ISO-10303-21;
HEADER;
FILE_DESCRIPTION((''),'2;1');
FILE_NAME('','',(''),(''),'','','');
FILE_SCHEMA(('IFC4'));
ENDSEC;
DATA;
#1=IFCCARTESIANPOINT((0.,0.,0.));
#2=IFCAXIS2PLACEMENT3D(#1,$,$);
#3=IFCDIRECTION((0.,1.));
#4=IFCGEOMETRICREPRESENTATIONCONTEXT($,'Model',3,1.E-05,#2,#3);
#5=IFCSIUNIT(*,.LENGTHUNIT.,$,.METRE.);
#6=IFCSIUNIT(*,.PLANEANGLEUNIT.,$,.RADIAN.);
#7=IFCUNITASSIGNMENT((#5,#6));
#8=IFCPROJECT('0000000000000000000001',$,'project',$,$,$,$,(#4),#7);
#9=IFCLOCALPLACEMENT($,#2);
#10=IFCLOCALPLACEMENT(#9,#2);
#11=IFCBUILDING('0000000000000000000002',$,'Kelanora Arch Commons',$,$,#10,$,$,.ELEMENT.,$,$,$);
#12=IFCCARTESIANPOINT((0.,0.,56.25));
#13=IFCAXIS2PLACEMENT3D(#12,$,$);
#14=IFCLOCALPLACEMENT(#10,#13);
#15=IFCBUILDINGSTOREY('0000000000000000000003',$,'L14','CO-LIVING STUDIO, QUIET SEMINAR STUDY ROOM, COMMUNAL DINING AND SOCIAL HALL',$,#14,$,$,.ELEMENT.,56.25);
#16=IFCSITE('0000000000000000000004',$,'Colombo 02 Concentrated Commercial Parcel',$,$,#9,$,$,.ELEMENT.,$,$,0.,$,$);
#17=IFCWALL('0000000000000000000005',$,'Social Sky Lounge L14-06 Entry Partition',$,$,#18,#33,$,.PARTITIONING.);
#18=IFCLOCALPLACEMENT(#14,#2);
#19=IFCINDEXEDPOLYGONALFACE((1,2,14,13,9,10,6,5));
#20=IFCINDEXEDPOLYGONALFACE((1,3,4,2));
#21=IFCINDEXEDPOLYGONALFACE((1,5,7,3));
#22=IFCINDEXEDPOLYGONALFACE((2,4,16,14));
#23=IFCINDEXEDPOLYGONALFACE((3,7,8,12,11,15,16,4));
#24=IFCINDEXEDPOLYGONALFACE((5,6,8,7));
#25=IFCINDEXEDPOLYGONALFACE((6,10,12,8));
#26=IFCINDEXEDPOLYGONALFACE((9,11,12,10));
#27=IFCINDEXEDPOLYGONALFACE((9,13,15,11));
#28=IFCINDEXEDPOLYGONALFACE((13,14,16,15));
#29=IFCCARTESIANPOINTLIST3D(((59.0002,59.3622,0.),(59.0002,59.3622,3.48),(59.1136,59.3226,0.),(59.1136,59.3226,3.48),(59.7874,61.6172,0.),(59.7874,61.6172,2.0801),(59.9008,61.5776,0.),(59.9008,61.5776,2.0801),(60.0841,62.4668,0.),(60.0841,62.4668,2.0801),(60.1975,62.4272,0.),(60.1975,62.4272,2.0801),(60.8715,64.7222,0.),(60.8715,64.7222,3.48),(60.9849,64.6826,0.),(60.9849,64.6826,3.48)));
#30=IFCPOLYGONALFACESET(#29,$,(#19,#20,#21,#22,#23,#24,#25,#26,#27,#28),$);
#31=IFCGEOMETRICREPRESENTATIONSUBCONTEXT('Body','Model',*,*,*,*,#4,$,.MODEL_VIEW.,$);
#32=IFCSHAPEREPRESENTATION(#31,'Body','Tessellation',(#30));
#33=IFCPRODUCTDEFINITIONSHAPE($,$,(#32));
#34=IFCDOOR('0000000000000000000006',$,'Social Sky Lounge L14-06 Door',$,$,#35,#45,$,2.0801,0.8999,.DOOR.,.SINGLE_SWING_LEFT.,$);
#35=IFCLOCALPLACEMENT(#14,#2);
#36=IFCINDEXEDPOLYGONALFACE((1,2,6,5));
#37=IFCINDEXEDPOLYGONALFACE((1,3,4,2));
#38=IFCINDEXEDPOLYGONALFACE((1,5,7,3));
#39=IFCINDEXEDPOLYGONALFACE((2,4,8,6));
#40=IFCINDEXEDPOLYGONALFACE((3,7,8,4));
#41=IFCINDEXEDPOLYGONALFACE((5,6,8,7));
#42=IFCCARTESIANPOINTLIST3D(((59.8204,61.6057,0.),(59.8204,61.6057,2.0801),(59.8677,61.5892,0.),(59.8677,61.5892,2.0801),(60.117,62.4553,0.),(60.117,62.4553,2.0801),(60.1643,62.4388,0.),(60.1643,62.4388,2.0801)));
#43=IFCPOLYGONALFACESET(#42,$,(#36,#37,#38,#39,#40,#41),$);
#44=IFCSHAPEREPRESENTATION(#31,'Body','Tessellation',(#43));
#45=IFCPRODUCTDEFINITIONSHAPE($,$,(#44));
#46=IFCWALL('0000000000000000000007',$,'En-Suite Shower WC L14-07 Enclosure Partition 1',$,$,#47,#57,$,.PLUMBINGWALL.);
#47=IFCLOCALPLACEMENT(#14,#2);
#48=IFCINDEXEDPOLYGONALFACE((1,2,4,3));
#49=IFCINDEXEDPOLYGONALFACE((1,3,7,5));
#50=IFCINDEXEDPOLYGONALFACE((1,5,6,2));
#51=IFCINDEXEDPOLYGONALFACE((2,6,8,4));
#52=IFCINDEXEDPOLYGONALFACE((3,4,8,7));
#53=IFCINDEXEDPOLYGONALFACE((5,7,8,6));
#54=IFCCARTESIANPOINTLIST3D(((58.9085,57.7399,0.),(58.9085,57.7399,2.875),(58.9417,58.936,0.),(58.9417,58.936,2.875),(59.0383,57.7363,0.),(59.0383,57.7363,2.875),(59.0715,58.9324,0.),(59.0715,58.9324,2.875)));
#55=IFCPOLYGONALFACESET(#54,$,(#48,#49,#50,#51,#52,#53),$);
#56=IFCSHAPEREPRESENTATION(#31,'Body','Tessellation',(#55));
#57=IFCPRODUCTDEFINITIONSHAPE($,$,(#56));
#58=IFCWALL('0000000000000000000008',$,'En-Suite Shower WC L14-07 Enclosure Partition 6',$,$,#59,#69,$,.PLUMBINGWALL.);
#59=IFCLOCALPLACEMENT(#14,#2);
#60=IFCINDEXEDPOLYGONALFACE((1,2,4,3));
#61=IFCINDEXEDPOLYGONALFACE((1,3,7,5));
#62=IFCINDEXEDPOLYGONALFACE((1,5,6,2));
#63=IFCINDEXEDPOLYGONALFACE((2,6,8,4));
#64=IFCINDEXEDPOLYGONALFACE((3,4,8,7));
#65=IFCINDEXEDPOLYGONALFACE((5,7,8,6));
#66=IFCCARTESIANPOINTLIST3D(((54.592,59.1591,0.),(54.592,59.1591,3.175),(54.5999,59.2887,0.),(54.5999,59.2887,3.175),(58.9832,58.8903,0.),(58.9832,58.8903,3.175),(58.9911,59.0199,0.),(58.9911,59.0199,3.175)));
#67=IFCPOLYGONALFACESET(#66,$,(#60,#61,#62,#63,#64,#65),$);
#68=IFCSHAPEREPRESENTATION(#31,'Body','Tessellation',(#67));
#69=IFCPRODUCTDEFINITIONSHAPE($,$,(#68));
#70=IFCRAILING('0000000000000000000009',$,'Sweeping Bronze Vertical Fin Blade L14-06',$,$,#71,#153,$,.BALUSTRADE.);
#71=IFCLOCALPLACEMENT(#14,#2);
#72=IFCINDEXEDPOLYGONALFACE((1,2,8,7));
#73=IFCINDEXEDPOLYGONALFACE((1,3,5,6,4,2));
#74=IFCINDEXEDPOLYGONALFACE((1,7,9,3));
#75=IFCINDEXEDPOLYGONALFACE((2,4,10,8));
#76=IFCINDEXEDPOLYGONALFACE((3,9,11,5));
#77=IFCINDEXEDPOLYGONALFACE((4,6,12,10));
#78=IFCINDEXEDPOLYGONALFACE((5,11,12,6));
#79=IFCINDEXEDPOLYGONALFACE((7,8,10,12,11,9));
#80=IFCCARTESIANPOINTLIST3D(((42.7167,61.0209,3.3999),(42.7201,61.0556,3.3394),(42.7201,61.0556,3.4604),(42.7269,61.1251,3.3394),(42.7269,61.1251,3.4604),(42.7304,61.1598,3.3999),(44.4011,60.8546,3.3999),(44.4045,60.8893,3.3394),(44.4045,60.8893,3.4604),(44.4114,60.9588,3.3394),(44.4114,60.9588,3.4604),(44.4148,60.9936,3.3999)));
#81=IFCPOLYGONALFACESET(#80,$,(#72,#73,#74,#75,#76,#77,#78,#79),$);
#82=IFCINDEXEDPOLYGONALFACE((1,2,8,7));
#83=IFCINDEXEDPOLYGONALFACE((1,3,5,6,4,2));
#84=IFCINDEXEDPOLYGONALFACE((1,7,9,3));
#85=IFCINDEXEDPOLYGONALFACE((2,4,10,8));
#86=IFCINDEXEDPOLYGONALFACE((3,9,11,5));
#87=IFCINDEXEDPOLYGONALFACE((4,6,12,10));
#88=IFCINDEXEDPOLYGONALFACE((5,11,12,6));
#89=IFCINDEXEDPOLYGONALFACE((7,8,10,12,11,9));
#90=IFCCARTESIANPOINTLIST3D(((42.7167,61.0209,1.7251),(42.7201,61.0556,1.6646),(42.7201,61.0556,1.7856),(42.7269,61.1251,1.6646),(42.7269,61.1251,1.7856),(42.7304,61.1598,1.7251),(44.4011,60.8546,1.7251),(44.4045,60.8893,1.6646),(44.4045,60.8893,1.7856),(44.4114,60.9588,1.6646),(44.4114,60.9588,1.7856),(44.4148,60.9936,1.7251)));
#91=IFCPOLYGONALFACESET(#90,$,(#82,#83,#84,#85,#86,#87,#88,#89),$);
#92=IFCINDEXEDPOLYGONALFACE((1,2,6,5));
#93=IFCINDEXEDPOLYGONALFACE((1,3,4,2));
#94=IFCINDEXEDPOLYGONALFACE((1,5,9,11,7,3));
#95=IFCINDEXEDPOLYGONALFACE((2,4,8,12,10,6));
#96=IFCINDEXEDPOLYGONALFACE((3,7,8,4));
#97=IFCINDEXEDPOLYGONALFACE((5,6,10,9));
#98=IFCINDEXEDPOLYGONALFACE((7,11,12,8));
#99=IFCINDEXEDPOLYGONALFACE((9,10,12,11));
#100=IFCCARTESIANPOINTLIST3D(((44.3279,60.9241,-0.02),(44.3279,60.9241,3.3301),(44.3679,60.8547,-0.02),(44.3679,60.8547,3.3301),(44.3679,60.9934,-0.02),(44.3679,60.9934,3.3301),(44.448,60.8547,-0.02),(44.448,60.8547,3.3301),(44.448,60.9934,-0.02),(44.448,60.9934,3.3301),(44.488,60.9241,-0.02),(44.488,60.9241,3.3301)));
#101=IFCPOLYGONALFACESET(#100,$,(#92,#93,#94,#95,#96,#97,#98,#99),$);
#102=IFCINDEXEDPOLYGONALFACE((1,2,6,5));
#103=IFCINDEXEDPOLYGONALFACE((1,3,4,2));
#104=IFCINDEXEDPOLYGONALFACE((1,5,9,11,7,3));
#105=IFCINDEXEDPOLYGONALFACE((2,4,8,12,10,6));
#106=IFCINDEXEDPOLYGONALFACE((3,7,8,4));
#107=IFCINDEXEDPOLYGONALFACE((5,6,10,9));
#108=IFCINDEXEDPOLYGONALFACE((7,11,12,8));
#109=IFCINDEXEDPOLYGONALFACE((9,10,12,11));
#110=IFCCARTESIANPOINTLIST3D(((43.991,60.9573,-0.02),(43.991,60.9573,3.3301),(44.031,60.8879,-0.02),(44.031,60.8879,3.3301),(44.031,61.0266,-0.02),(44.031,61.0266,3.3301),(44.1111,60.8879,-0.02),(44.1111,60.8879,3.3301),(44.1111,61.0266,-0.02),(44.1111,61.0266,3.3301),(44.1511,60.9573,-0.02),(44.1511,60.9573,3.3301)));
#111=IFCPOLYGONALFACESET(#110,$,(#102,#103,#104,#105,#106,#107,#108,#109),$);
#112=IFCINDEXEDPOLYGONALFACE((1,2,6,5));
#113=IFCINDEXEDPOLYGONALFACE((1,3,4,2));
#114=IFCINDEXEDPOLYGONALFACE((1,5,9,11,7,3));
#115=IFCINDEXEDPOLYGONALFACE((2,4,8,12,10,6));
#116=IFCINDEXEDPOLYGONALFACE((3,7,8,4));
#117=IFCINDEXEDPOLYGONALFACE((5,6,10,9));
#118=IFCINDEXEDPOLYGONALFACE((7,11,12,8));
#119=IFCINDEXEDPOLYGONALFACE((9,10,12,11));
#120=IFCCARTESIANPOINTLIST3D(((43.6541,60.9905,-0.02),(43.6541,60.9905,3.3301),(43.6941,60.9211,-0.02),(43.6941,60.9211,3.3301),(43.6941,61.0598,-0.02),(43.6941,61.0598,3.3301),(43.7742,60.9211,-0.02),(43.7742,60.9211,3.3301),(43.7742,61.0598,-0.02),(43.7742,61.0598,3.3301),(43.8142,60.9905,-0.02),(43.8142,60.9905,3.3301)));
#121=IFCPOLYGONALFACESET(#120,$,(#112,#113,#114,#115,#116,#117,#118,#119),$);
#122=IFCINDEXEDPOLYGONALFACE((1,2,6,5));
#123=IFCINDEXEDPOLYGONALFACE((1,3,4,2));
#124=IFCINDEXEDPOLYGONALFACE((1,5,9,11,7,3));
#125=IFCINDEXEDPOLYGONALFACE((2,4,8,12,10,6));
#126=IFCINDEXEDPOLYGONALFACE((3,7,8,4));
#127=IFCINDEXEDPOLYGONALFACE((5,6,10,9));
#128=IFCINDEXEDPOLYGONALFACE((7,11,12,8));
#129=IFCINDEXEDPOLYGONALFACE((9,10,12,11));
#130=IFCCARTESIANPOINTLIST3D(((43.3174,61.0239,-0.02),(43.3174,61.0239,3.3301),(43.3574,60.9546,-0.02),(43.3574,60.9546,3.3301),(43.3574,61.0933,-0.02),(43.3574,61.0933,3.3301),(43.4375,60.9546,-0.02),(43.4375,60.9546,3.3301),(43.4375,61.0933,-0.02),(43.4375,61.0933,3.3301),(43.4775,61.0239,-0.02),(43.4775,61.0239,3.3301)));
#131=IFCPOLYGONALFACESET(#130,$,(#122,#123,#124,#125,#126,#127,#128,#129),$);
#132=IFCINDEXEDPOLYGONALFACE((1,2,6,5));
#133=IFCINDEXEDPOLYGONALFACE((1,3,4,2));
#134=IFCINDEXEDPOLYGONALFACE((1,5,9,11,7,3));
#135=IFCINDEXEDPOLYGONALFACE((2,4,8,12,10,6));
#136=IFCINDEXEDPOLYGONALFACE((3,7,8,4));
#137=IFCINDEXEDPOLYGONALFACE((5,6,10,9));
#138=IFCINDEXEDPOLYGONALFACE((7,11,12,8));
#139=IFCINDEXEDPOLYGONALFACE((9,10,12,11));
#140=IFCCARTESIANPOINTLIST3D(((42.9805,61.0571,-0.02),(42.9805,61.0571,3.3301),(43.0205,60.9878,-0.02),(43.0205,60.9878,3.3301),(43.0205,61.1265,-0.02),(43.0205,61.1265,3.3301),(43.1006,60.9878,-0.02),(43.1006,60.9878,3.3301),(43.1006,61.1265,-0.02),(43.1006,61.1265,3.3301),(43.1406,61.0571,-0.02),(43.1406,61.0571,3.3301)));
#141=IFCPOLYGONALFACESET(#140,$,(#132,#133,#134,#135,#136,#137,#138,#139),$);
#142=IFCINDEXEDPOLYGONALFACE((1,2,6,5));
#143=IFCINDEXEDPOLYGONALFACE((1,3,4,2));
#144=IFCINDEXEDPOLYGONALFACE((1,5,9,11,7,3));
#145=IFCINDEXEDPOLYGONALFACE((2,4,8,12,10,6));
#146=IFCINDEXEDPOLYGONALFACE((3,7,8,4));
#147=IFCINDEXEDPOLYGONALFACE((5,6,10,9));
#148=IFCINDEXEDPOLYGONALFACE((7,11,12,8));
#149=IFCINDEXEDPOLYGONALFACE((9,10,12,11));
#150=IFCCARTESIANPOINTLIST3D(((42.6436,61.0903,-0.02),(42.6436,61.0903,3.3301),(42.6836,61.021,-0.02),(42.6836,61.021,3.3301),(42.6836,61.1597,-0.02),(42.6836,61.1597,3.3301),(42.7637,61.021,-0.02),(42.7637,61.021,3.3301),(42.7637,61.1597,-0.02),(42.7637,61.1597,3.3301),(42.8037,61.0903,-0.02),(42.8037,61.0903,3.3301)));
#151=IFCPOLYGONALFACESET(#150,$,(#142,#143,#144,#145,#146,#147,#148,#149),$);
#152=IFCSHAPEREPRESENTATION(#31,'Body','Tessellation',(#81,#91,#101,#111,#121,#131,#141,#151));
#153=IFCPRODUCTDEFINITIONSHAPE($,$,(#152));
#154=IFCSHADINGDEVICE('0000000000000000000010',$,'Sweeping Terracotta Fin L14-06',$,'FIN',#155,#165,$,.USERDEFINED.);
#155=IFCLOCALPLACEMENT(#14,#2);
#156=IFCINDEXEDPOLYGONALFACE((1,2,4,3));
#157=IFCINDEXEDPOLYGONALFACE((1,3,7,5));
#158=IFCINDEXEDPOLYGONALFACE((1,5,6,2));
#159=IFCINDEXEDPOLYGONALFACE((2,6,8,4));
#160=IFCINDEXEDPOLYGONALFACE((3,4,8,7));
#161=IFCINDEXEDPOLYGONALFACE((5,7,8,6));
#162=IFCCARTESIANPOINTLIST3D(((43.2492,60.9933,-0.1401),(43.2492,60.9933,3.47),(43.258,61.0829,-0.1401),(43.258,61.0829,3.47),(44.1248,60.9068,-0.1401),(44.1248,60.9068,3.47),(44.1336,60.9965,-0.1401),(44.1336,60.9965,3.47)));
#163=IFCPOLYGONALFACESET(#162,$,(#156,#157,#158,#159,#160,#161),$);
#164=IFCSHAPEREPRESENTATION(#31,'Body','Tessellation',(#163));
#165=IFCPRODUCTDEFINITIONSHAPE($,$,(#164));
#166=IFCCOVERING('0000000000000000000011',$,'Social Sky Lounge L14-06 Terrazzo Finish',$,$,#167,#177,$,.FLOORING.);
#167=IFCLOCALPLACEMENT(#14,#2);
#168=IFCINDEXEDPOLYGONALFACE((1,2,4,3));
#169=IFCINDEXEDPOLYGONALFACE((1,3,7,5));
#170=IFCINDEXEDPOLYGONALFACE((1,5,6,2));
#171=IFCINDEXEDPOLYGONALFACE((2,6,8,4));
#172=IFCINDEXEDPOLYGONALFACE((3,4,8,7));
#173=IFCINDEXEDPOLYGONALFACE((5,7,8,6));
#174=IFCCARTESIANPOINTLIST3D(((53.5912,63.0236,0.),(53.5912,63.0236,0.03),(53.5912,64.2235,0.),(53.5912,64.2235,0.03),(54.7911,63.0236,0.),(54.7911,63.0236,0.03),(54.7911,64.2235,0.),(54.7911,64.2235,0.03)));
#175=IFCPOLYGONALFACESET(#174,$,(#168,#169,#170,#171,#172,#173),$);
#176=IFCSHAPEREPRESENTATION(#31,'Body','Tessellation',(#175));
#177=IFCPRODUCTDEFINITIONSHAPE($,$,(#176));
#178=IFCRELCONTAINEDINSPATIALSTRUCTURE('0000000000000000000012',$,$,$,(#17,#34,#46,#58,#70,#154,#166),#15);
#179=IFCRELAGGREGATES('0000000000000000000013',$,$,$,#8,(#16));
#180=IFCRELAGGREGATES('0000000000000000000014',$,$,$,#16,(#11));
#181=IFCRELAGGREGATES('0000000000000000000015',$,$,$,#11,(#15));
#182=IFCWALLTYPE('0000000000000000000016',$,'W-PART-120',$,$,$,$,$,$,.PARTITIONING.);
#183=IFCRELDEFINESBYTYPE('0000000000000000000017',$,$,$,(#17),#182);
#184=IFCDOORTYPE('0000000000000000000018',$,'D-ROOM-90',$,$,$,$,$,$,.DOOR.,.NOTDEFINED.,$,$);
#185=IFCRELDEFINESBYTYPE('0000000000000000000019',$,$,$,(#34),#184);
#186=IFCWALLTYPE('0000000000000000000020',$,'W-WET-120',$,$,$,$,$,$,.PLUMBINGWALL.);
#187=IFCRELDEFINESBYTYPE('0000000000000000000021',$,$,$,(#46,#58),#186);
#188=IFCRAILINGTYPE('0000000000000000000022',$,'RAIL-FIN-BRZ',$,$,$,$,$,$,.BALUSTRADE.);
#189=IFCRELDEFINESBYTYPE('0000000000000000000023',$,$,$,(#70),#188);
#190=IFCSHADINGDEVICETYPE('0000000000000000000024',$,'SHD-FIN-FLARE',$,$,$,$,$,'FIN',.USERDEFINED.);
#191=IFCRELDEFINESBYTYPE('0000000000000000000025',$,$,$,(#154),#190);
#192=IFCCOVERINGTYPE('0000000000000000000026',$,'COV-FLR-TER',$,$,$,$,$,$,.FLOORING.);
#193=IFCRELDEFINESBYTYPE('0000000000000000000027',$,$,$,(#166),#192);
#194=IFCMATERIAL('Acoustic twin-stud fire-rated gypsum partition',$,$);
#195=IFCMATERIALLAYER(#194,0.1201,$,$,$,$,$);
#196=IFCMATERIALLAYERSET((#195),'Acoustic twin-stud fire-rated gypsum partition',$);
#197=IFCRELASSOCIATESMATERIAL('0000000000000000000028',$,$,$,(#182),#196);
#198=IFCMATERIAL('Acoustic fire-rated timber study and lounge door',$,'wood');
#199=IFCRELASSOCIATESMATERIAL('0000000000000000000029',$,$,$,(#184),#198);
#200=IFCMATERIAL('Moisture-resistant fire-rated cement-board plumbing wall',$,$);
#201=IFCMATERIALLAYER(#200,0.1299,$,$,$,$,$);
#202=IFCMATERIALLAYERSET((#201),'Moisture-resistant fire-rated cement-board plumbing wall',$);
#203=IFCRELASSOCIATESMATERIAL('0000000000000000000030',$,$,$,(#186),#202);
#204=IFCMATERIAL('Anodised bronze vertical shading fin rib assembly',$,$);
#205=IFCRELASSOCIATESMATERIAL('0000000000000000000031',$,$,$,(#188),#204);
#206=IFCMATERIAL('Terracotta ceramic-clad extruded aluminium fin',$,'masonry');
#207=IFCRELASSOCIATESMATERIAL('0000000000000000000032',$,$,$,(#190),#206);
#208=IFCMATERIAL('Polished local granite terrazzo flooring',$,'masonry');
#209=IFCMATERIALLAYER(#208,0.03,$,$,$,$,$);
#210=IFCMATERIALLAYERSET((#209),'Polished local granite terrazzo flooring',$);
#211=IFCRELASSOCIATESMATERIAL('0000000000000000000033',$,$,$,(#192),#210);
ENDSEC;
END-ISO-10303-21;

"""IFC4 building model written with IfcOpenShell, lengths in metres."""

from ifc_helpers import new_model, si_unit, direction, frame, frame_2d, origin, origin_2d, place, context, subcontext, project, spatial, polyline, rectangle, outline, extrude, source, transform, mapped, material, layer, layer_set, type_object, element, fill, save


model = new_model("IFC4")

# Units and contexts
model_context = context("Model", 3, precision=1e-05, world=origin(), true_north=direction((0.0, 1.0)))
body_context = subcontext(model_context, "Body", "Model", "MODEL_VIEW")
ifc_project = project(units=[si_unit("LENGTHUNIT", "METRE"), si_unit("PLANEANGLEUNIT", "RADIAN")], contexts=[model_context])

# Site, building, storey
site_placement = place(None, origin())
site = spatial("IfcSite", under=ifc_project, at=site_placement, Name="Colombo 02 Concentrated Commercial Parcel", CompositionType="ELEMENT", RefElevation=0.0)
building_placement = place(site_placement, origin())
building = spatial("IfcBuilding", under=site, at=building_placement, Name="Kelanora Arch Commons", CompositionType="ELEMENT")
storey_placement = place(building_placement, frame((0.0, 0.0, 56.25)))
storey = spatial("IfcBuildingStorey", under=building, at=storey_placement, Name="L14", Description="CO-LIVING STUDIO, QUIET SEMINAR STUDY ROOM, COMMUNAL DINING AND SOCIAL HALL", CompositionType="ELEMENT", Elevation=56.25)

# Wall, opening, door
ifc_material_1 = material(Name="Acoustic twin-stud fire-rated gypsum partition")
ifc_layer_1 = layer(ifc_material_1, 0.1201)
ifc_layer_set_1 = layer_set([ifc_layer_1], Name="Acoustic twin-stud fire-rated gypsum partition")
wall_type_1 = type_object("IfcWallType", Name="W-PART-120", PredefinedType="PARTITIONING", material=ifc_layer_set_1)
wall_1_placement = place(storey_placement, frame((60.9282, 64.7024, 0.0), z_axis=(0.0, 0.0, 1.0), x_axis=(-0.329626, -0.944112, 0.0)))
wall_1 = element("IfcWall", 1, at=wall_1_placement, inside=storey, type_object=wall_type_1, Name="Social Sky Lounge L14-06 Entry Partition", PredefinedType="PARTITIONING", context=body_context, shape_type="SweptSolid", body=[
    extrude(rectangle(XDim=5.6772, YDim=0.1201, at=frame_2d((2.8386, 0.0))), origin(), (0.0, 0.0, 1.0), 3.48),
])
opening_placement = place(wall_1_placement, frame((2.3889, 0.0, 0.0)))
opening = element("IfcOpeningElement", 2, at=opening_placement, cuts=wall_1, PredefinedType="OPENING", context=body_context, shape_type="SweptSolid", body=[
    extrude(rectangle(XDim=0.8999, YDim=2.0801, at=frame_2d((0.45, 1.04))), frame((0.0, 0.0701, 0.0), z_axis=(0.0, -1.0, 0.0), x_axis=(1.0, 0.0, 0.0)), (0.0, 0.0, 1.0), 0.1401),
])
ifc_material_2 = material(Name="Acoustic fire-rated timber study and lounge door", Category="wood")
door_type = type_object("IfcDoorType", Name="D-ROOM-90", OperationType="NOTDEFINED", PredefinedType="DOOR", material=ifc_material_2)
door_placement = place(opening_placement, origin())
door = element("IfcDoor", 3, at=door_placement, inside=storey, type_object=door_type, Name="Social Sky Lounge L14-06 Door", OperationType="SINGLE_SWING_LEFT", OverallHeight=2.0801, OverallWidth=0.8999, PredefinedType="DOOR", context=body_context, shape_type="SweptSolid", body=[
    extrude(rectangle(XDim=0.8999, YDim=2.0801, at=frame_2d((0.45, 1.04))), frame((0.0, 0.0249, 0.0), z_axis=(0.0, -1.0, 0.0), x_axis=(1.0, 0.0, 0.0)), (0.0, 0.0, 1.0), 0.05),
])
fill(opening, door)

# Walls
ifc_material_3 = material(Name="Moisture-resistant fire-rated cement-board plumbing wall")
ifc_layer_2 = layer(ifc_material_3, 0.1299)
ifc_layer_set_2 = layer_set([ifc_layer_2], Name="Moisture-resistant fire-rated cement-board plumbing wall")
wall_type_2 = type_object("IfcWallType", Name="W-WET-120", PredefinedType="PLUMBINGWALL", material=ifc_layer_set_2)
wall_2_placement = place(storey_placement, frame((59.0066, 58.9341, 0.0), z_axis=(0.0, 0.0, 1.0), x_axis=(-0.02775, -0.999615, 0.0)))
element("IfcWall", 4, at=wall_2_placement, inside=storey, type_object=wall_type_2, Name="En-Suite Shower WC L14-07 Enclosure Partition 1", PredefinedType="PLUMBINGWALL", context=body_context, shape_type="SweptSolid", body=[
    extrude(rectangle(XDim=1.1965, YDim=0.1299, at=frame_2d((0.5981, 0.0))), origin(), (0.0, 0.0, 1.0), 2.875),
])
wall_3_placement = place(storey_placement, frame((54.5959, 59.2239, 0.0), z_axis=(0.0, 0.0, 1.0), x_axis=(0.998132, -0.0611, 0.0)))
element("IfcWall", 5, at=wall_3_placement, inside=storey, type_object=wall_type_2, Name="En-Suite Shower WC L14-07 Enclosure Partition 6", PredefinedType="PLUMBINGWALL", context=body_context, shape_type="SweptSolid", body=[
    extrude(rectangle(XDim=4.3994, YDim=0.1299, at=frame_2d((2.1997, 0.0))), origin(), (0.0, 0.0, 1.0), 3.175),
])

# Railing
ifc_material_4 = material(Name="Anodised bronze vertical shading fin rib assembly")
railing_type = type_object("IfcRailingType", Name="RAIL-FIN-BRZ", PredefinedType="BALUSTRADE", material=ifc_material_4)
railing_placement = place(storey_placement, frame((44.408, 60.9241, -0.02)))
element("IfcRailing", 6, at=railing_placement, inside=storey, type_object=railing_type, Name="Sweeping Bronze Vertical Fin Blade L14-06", PredefinedType="BALUSTRADE", context=body_context, shape_type="SweptSolid", body=[
    extrude(outline(polyline([(0.0698, 0.0), (0.0349, 0.0605), (-0.0349, 0.0605), (-0.0698, 0.0), (-0.0349, -0.0605), (0.0349, -0.0605), (0.0698, 0.0)])), frame((0.0, 0.0, 3.4199), z_axis=(-0.995163, 0.098233, 0.0), x_axis=(-0.098233, -0.995163, 0.0)), (0.0, 0.0, 1.0), 1.6926),
    extrude(outline(polyline([(0.0698, 0.0), (0.0349, 0.0605), (-0.0349, 0.0605), (-0.0698, 0.0), (-0.0349, -0.0605), (0.0349, -0.0605), (0.0698, 0.0)])), frame((0.0, 0.0, 1.7451), z_axis=(-0.995163, 0.098233, 0.0), x_axis=(-0.098233, -0.995163, 0.0)), (0.0, 0.0, 1.0), 1.6926),
    extrude(outline(polyline([(0.0801, 0.0), (0.04, 0.0693), (-0.04, 0.0693), (-0.0801, 0.0), (-0.04, -0.0693), (0.04, -0.0693), (0.0801, 0.0)])), origin(), (0.0, 0.0, 1.0), 3.3501),
    extrude(outline(polyline([(0.0801, 0.0), (0.04, 0.0693), (-0.04, 0.0693), (-0.0801, 0.0), (-0.04, -0.0693), (0.04, -0.0693), (0.0801, 0.0)])), frame((-0.3369, 0.0332, 0.0)), (0.0, 0.0, 1.0), 3.3501),
    extrude(outline(polyline([(0.0801, 0.0), (0.04, 0.0693), (-0.04, 0.0693), (-0.0801, 0.0), (-0.04, -0.0693), (0.04, -0.0693), (0.0801, 0.0)])), frame((-0.6738, 0.0664, 0.0)), (0.0, 0.0, 1.0), 3.3501),
    extrude(outline(polyline([(0.0801, 0.0), (0.04, 0.0693), (-0.04, 0.0693), (-0.0801, 0.0), (-0.04, -0.0693), (0.04, -0.0693), (0.0801, 0.0)])), frame((-1.0105, 0.0999, 0.0)), (0.0, 0.0, 1.0), 3.3501),
    extrude(outline(polyline([(0.0801, 0.0), (0.04, 0.0693), (-0.04, 0.0693), (-0.0801, 0.0), (-0.04, -0.0693), (0.04, -0.0693), (0.0801, 0.0)])), frame((-1.3474, 0.1331, 0.0)), (0.0, 0.0, 1.0), 3.3501),
    extrude(outline(polyline([(0.0801, 0.0), (0.04, 0.0693), (-0.04, 0.0693), (-0.0801, 0.0), (-0.04, -0.0693), (0.04, -0.0693), (0.0801, 0.0)])), frame((-1.6843, 0.1663, 0.0)), (0.0, 0.0, 1.0), 3.3501),
])

# Shading device
ifc_material_5 = material(Name="Terracotta ceramic-clad extruded aluminium fin", Category="masonry")
shading_device_type = type_object("IfcShadingDeviceType", Name="SHD-FIN-FLARE", ElementType="FIN", PredefinedType="USERDEFINED", material=ifc_material_5)
shared_shape_1 = source(origin(), body_context, "Body", "SweptSolid", [
    extrude(rectangle(XDim=0.8799, YDim=0.0901, at=origin_2d()), origin(), (0.0, 0.0, 1.0), 3.6101),
])
shading_device_placement = place(storey_placement, frame((43.6914, 60.9949, -0.1401), z_axis=(0.0, 0.0, 1.0), x_axis=(-0.995159, 0.098278, 0.0)))
element("IfcShadingDevice", 7, at=shading_device_placement, inside=storey, type_object=shading_device_type, Name="Sweeping Terracotta Fin L14-06", ObjectType="FIN", PredefinedType="USERDEFINED", context=body_context, shape_type="MappedRepresentation", body=[
    mapped(shared_shape_1, transform((0.0, 0.0, 0.0), scale=1.0)),
])

# Covering
ifc_material_6 = material(Name="Polished local granite terrazzo flooring", Category="masonry")
ifc_layer_3 = layer(ifc_material_6, 0.03)
ifc_layer_set_3 = layer_set([ifc_layer_3], Name="Polished local granite terrazzo flooring")
covering_type = type_object("IfcCoveringType", Name="COV-FLR-TER", PredefinedType="FLOORING", material=ifc_layer_set_3)
shared_shape_2 = source(origin(), body_context, "Body", "SweptSolid", [
    extrude(rectangle(XDim=1.2, YDim=1.2, at=origin_2d()), origin(), (0.0, 0.0, 1.0), 0.03),
])
covering_placement = place(storey_placement, frame((54.1912, 63.6235, 0.0), z_axis=(0.0, 0.0, 1.0), x_axis=(1.0, 0.0, 0.0)))
element("IfcCovering", 8, at=covering_placement, inside=storey, type_object=covering_type, Name="Social Sky Lounge L14-06 Terrazzo Finish", PredefinedType="FLOORING", context=body_context, shape_type="MappedRepresentation", body=[
    mapped(shared_shape_2, transform((0.0, 0.0, 0.0), scale=1.0)),
])

save(model, "model.ifc")
